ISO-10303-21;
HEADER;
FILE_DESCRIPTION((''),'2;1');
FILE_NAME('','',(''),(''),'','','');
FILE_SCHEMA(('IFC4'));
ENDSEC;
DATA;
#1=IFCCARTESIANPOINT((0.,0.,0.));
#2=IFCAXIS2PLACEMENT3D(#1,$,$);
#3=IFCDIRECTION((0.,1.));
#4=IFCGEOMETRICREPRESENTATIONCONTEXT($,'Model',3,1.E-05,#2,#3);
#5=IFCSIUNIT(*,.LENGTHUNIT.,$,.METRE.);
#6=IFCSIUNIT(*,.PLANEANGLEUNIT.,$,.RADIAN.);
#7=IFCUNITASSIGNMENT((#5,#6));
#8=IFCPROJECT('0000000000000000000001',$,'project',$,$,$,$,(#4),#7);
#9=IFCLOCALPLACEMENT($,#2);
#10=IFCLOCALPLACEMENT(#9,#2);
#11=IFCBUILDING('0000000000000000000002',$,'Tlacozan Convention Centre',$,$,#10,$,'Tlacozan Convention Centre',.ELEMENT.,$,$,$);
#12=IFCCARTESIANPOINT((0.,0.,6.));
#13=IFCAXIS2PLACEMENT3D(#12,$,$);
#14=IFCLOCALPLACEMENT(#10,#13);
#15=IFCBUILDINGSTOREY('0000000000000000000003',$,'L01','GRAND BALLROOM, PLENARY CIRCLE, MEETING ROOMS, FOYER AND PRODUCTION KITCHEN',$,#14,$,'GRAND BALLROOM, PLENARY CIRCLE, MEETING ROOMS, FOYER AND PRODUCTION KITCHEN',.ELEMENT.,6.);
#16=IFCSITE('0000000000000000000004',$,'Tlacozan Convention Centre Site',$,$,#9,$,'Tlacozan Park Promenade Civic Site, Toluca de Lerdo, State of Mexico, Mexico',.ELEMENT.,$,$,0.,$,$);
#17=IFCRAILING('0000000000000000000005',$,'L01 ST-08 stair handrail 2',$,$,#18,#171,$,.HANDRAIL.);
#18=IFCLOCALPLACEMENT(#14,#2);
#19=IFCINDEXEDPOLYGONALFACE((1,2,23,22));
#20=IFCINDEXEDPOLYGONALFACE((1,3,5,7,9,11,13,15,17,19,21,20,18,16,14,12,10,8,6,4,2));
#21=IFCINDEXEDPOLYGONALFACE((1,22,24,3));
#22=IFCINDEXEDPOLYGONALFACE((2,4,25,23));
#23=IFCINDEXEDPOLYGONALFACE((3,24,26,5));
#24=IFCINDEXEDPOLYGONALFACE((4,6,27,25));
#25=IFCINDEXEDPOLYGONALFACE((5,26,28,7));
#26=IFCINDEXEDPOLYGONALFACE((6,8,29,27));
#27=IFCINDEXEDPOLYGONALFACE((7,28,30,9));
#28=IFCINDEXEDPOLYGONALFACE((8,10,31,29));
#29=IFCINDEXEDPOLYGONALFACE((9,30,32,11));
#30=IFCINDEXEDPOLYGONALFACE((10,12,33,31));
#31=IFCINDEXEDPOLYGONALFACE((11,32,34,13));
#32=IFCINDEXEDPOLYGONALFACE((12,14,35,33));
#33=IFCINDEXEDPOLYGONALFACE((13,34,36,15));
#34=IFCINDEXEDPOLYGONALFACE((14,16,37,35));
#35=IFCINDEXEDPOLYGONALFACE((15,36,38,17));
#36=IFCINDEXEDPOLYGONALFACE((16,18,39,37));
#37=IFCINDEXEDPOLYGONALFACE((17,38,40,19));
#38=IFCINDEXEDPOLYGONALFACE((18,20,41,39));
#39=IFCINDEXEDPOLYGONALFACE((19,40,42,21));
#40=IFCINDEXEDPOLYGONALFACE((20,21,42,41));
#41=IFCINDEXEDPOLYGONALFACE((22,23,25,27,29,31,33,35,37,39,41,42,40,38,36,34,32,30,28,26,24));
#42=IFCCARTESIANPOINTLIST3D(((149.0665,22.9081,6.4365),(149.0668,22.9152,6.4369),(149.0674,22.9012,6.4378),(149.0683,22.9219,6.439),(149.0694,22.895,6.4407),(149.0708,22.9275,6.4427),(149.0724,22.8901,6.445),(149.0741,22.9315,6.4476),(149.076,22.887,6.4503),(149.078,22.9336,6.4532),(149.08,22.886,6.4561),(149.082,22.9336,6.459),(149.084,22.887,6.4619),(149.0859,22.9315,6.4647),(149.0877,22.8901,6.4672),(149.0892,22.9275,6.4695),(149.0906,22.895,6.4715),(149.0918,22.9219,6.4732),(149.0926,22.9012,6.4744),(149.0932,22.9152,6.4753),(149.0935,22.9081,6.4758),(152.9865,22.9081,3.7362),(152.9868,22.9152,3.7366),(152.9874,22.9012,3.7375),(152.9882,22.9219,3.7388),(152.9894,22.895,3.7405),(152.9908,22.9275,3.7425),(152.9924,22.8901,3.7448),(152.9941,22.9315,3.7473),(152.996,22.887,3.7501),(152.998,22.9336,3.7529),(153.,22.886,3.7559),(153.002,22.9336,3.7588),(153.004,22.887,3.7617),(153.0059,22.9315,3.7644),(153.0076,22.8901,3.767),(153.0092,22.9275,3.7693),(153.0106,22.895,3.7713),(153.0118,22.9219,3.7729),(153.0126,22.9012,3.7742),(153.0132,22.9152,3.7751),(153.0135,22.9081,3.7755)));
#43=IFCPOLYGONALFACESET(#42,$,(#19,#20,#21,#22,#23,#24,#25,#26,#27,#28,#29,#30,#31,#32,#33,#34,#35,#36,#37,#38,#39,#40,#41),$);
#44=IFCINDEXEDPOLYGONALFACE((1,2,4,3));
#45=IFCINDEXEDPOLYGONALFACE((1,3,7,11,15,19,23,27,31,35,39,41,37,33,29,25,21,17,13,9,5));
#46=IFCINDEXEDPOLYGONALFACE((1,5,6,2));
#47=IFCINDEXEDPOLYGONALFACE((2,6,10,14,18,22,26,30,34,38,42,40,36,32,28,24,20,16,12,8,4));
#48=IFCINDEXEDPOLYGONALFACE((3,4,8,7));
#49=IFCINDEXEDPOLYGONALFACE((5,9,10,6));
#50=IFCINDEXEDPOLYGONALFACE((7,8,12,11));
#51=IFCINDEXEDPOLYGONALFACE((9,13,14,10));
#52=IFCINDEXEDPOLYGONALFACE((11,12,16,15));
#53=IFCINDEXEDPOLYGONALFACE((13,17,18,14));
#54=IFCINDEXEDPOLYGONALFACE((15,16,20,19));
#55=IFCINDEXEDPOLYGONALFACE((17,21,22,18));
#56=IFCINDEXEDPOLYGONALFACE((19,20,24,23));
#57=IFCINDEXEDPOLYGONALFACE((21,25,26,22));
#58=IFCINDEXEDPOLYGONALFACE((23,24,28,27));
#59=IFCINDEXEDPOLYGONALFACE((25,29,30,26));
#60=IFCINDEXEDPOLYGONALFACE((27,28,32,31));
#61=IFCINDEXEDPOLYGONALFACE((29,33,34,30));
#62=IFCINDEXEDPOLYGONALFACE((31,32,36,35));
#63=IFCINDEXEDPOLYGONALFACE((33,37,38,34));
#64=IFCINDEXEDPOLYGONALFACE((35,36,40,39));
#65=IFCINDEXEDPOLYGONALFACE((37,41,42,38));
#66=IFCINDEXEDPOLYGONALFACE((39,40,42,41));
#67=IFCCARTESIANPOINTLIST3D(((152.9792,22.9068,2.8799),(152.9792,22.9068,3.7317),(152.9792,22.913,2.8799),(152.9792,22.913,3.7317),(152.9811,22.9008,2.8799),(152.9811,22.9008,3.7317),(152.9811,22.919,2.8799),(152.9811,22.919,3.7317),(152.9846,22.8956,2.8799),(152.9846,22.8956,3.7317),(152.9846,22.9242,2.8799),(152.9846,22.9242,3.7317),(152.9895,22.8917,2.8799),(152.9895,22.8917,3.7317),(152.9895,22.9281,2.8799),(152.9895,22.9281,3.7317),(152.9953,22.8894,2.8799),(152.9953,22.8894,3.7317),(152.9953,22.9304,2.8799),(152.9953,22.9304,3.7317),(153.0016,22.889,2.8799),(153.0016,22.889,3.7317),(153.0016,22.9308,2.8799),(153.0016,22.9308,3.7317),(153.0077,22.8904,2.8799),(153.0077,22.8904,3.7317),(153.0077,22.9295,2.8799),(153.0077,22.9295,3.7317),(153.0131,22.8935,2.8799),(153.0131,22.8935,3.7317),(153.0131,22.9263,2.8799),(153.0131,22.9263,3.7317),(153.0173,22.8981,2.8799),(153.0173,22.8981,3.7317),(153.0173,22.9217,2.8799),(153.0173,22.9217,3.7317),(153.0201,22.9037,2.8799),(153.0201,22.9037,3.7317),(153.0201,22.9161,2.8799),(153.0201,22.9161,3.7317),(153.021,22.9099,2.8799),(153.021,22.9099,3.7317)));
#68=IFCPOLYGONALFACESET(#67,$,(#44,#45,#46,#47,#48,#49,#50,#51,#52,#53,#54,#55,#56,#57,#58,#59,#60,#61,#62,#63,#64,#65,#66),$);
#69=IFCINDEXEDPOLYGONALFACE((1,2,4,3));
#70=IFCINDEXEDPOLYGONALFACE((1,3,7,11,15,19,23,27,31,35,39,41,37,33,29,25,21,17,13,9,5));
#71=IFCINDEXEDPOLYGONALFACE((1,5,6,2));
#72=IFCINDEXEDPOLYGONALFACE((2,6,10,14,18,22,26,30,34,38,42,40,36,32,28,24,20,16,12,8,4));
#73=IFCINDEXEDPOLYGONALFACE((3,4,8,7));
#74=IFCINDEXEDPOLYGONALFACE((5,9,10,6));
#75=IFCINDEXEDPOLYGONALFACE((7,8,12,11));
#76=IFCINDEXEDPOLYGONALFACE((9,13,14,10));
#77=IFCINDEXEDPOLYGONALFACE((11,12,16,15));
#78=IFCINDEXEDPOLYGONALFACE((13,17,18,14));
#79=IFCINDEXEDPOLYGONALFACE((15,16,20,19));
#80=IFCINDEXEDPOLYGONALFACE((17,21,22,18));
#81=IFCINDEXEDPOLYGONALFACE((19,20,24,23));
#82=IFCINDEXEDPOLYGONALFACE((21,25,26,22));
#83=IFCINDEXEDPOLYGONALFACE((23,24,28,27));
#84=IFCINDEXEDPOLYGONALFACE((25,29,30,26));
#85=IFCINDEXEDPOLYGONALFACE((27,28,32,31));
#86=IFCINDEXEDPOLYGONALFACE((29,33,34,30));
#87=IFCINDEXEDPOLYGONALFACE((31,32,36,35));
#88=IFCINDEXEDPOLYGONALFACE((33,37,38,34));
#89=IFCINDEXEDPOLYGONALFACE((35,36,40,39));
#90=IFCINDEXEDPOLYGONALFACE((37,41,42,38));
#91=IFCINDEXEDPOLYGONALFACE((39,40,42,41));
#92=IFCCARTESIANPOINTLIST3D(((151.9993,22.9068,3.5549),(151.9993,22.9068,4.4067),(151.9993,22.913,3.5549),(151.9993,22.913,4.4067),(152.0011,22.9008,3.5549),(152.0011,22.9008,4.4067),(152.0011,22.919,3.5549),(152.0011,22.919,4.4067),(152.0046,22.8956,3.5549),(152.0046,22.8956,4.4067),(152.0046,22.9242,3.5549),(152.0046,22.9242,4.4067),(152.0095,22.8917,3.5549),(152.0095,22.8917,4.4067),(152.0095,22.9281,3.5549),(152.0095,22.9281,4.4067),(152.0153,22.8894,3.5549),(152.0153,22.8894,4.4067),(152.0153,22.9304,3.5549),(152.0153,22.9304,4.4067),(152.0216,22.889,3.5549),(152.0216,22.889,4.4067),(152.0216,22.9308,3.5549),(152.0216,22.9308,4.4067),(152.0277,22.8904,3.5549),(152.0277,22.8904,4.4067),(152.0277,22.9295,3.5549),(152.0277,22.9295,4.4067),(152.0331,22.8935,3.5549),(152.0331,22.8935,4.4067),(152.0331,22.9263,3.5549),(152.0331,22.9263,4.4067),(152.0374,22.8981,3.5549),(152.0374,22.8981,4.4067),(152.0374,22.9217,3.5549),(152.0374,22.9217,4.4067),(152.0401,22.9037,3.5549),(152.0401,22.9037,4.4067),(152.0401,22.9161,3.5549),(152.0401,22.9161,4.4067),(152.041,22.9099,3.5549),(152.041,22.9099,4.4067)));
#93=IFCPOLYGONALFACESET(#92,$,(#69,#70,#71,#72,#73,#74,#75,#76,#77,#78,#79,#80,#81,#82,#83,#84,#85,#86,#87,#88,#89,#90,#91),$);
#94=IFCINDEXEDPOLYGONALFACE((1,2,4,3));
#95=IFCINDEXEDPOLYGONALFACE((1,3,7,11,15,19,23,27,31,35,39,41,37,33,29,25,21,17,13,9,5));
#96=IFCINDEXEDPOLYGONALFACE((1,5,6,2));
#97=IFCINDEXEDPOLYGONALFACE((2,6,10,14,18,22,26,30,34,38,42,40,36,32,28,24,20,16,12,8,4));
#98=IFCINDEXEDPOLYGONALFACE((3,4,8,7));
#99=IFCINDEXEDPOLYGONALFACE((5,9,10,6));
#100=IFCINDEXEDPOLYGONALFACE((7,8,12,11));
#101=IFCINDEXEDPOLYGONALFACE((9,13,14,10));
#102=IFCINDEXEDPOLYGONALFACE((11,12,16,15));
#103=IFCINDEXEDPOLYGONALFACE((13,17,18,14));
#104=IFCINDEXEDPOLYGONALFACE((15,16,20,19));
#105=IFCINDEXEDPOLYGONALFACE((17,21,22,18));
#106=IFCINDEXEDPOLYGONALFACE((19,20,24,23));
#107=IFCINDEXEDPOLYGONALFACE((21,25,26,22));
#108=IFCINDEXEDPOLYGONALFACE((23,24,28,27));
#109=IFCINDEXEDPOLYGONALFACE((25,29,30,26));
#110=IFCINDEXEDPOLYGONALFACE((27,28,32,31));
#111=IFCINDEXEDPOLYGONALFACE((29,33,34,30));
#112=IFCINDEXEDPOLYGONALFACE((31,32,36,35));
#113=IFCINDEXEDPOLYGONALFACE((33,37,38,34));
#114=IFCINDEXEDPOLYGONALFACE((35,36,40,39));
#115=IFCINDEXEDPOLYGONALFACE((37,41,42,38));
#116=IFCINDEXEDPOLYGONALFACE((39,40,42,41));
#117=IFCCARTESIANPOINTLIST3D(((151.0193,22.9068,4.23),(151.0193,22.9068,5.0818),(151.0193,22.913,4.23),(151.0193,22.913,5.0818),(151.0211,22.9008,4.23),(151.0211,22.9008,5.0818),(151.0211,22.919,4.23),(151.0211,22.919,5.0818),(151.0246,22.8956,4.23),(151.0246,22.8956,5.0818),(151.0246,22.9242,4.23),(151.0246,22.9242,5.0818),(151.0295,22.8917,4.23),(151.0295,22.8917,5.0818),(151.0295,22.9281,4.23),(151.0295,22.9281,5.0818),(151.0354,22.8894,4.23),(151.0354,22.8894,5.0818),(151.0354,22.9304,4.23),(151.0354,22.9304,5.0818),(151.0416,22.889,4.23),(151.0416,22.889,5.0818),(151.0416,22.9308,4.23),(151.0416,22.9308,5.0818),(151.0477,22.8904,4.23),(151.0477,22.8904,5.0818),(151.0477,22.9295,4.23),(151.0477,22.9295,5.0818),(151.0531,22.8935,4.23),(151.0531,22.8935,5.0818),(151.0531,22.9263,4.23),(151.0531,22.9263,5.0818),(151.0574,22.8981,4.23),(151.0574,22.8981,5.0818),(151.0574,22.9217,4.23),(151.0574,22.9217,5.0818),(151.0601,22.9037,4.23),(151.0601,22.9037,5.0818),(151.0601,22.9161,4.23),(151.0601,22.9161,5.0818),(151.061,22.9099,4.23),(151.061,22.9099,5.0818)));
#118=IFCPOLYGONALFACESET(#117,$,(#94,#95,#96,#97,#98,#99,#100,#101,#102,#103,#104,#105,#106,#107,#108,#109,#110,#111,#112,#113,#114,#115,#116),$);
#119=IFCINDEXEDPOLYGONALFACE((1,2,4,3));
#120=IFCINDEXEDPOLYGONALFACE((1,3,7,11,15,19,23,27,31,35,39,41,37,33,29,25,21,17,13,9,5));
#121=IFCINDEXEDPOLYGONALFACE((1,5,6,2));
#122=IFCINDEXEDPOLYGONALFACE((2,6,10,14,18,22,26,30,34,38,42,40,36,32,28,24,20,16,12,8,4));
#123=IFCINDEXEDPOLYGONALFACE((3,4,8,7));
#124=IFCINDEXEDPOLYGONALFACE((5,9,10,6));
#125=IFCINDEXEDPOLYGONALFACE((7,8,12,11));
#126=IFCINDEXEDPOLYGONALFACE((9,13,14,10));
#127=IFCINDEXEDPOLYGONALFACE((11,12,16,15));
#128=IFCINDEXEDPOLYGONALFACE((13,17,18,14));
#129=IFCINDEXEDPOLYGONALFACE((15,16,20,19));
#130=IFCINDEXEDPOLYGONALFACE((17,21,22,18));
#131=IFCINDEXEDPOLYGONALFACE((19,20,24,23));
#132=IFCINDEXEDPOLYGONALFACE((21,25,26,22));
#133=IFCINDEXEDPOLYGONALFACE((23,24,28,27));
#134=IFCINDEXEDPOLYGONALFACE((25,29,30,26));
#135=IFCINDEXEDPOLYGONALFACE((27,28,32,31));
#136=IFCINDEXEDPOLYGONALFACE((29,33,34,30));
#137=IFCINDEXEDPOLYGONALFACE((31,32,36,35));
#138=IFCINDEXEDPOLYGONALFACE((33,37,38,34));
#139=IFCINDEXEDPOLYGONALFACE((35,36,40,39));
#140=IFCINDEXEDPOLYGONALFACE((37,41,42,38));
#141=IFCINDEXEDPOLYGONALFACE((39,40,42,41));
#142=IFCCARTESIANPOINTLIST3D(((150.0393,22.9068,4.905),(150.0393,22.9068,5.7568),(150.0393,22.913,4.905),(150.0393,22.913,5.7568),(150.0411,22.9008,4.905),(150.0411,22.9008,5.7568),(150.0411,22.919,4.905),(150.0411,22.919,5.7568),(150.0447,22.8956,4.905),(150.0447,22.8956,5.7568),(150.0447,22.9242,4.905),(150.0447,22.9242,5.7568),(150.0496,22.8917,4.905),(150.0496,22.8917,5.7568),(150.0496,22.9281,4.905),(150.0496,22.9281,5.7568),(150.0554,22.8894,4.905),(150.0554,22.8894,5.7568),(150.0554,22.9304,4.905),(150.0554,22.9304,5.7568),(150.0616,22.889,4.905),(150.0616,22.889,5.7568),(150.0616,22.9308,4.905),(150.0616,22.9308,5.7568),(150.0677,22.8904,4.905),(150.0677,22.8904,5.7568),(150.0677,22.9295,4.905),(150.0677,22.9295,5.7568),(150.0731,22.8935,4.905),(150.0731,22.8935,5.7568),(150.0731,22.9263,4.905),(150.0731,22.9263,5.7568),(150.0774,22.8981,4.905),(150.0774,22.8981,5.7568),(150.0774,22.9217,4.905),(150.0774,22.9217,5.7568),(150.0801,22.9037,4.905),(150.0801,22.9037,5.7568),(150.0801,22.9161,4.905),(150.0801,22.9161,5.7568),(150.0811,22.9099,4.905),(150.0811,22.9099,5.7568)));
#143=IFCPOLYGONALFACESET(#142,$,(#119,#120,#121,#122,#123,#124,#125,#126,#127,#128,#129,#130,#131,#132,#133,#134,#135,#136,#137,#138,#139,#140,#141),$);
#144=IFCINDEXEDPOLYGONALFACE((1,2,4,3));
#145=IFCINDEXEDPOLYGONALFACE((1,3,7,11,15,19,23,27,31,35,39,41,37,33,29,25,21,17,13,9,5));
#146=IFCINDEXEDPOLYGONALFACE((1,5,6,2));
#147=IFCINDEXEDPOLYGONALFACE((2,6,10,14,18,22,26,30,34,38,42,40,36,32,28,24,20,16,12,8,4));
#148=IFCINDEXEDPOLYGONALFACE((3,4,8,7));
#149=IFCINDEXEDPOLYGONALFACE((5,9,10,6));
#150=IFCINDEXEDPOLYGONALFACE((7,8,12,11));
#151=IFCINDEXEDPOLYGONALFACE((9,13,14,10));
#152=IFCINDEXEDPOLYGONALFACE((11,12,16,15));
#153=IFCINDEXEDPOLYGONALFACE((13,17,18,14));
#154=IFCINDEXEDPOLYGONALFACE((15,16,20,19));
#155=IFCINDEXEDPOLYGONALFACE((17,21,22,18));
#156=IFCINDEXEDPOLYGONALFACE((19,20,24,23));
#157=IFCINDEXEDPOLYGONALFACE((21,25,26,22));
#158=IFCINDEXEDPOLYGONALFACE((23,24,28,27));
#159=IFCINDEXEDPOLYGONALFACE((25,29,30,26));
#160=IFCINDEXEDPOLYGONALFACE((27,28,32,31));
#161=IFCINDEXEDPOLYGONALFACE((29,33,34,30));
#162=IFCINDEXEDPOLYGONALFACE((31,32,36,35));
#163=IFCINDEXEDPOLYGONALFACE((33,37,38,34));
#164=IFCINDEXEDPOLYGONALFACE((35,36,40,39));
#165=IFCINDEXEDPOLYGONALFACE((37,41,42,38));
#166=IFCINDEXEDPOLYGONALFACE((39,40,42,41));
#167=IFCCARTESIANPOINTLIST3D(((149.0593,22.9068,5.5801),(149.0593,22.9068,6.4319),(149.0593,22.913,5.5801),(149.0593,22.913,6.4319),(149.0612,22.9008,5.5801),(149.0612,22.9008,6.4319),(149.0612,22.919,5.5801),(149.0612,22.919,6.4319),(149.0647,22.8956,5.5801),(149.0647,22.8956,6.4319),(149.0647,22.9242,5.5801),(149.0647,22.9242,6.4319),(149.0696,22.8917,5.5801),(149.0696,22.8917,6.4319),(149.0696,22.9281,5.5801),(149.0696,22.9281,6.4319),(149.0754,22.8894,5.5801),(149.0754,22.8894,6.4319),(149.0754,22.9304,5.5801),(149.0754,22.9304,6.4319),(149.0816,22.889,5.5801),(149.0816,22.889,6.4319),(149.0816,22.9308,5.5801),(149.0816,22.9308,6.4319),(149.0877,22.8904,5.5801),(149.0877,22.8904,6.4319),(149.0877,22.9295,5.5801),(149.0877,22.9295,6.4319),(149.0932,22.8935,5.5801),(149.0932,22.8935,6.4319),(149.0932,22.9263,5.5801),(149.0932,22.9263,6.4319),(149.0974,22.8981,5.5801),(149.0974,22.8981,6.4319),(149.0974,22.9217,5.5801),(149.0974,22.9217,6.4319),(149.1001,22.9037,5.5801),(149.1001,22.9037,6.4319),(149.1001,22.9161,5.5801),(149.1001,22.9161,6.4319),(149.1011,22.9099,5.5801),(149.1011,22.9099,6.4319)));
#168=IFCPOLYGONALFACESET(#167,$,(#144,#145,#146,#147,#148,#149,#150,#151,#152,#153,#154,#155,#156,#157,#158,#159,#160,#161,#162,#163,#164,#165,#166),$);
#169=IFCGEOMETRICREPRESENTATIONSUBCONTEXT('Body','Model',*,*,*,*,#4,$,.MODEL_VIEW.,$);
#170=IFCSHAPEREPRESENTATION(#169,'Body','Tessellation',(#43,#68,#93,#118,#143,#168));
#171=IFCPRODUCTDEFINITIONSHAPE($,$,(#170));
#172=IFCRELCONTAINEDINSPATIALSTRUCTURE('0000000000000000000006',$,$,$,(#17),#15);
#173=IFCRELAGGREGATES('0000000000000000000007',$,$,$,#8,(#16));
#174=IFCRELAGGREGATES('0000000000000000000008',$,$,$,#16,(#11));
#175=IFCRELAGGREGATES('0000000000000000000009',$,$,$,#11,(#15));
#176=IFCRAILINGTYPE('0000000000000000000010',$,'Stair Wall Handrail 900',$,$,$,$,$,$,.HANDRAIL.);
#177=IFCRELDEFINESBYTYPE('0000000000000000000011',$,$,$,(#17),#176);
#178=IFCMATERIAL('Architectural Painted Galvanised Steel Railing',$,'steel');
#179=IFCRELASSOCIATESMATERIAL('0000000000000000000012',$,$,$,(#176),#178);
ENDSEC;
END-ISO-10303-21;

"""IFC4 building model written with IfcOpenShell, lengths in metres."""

from ifc_helpers import new_model, si_unit, direction, frame, origin, origin_2d, place, context, subcontext, project, spatial, circle, extrude, material, type_object, element, save


model = new_model("IFC4")

# Units and contexts
model_context = context("Model", 3, precision=1e-05, world=origin(), true_north=direction((0.0, 1.0)))
body_context = subcontext(model_context, "Body", "Model", "MODEL_VIEW")
ifc_project = project(units=[si_unit("LENGTHUNIT", "METRE"), si_unit("PLANEANGLEUNIT", "RADIAN")], contexts=[model_context])

# Site, building, storey
site_placement = place(None, origin())
site = spatial("IfcSite", under=ifc_project, at=site_placement, Name="Tlacozan Convention Centre Site", LongName="Tlacozan Park Promenade Civic Site, Toluca de Lerdo, State of Mexico, Mexico", CompositionType="ELEMENT", RefElevation=0.0)
building_placement = place(site_placement, origin())
building = spatial("IfcBuilding", under=site, at=building_placement, Name="Tlacozan Convention Centre", LongName="Tlacozan Convention Centre", CompositionType="ELEMENT")
storey_placement = place(building_placement, frame((0.0, 0.0, 6.0)))
storey = spatial("IfcBuildingStorey", under=building, at=storey_placement, Name="L01", Description="GRAND BALLROOM, PLENARY CIRCLE, MEETING ROOMS, FOYER AND PRODUCTION KITCHEN", LongName="GRAND BALLROOM, PLENARY CIRCLE, MEETING ROOMS, FOYER AND PRODUCTION KITCHEN", CompositionType="ELEMENT", Elevation=6.0)

# Railing
ifc_material_1 = material(Name="Architectural Painted Galvanised Steel Railing", Category="steel")
railing_type_1 = type_object("IfcRailingType", Name="Stair Wall Handrail 900", PredefinedType="HANDRAIL", material=ifc_material_1)
railing_1_placement = place(storey_placement, frame((153.0, 22.9099, 2.8799)))
element("IfcRailing", 1, at=railing_1_placement, inside=storey, type_object=railing_type_1, Name="L01 ST-08 stair handrail 2", PredefinedType="HANDRAIL", context=body_context, shape_type="SweptSolid", body=[
    extrude(circle(Radius=0.0239, at=origin_2d()), frame((0.0, 0.0, 0.876), z_axis=(-0.823527, 0.0, 0.567277), x_axis=(0.0, -1.0, 0.0)), (0.0, 0.0, 1.0), 4.76),
    extrude(circle(Radius=0.021, at=origin_2d()), origin(), (0.0, 0.0, 1.0), 0.8518),
    extrude(circle(Radius=0.021, at=origin_2d()), frame((-0.98, 0.0, 0.675)), (0.0, 0.0, 1.0), 0.8518),
    extrude(circle(Radius=0.021, at=origin_2d()), frame((-1.96, 0.0, 1.3501)), (0.0, 0.0, 1.0), 0.8518),
    extrude(circle(Radius=0.021, at=origin_2d()), frame((-2.9399, 0.0, 2.0251)), (0.0, 0.0, 1.0), 0.8518),
    extrude(circle(Radius=0.021, at=origin_2d()), frame((-3.9199, 0.0, 2.7002)), (0.0, 0.0, 1.0), 0.8518),
])

save(model, "model.ifc")
